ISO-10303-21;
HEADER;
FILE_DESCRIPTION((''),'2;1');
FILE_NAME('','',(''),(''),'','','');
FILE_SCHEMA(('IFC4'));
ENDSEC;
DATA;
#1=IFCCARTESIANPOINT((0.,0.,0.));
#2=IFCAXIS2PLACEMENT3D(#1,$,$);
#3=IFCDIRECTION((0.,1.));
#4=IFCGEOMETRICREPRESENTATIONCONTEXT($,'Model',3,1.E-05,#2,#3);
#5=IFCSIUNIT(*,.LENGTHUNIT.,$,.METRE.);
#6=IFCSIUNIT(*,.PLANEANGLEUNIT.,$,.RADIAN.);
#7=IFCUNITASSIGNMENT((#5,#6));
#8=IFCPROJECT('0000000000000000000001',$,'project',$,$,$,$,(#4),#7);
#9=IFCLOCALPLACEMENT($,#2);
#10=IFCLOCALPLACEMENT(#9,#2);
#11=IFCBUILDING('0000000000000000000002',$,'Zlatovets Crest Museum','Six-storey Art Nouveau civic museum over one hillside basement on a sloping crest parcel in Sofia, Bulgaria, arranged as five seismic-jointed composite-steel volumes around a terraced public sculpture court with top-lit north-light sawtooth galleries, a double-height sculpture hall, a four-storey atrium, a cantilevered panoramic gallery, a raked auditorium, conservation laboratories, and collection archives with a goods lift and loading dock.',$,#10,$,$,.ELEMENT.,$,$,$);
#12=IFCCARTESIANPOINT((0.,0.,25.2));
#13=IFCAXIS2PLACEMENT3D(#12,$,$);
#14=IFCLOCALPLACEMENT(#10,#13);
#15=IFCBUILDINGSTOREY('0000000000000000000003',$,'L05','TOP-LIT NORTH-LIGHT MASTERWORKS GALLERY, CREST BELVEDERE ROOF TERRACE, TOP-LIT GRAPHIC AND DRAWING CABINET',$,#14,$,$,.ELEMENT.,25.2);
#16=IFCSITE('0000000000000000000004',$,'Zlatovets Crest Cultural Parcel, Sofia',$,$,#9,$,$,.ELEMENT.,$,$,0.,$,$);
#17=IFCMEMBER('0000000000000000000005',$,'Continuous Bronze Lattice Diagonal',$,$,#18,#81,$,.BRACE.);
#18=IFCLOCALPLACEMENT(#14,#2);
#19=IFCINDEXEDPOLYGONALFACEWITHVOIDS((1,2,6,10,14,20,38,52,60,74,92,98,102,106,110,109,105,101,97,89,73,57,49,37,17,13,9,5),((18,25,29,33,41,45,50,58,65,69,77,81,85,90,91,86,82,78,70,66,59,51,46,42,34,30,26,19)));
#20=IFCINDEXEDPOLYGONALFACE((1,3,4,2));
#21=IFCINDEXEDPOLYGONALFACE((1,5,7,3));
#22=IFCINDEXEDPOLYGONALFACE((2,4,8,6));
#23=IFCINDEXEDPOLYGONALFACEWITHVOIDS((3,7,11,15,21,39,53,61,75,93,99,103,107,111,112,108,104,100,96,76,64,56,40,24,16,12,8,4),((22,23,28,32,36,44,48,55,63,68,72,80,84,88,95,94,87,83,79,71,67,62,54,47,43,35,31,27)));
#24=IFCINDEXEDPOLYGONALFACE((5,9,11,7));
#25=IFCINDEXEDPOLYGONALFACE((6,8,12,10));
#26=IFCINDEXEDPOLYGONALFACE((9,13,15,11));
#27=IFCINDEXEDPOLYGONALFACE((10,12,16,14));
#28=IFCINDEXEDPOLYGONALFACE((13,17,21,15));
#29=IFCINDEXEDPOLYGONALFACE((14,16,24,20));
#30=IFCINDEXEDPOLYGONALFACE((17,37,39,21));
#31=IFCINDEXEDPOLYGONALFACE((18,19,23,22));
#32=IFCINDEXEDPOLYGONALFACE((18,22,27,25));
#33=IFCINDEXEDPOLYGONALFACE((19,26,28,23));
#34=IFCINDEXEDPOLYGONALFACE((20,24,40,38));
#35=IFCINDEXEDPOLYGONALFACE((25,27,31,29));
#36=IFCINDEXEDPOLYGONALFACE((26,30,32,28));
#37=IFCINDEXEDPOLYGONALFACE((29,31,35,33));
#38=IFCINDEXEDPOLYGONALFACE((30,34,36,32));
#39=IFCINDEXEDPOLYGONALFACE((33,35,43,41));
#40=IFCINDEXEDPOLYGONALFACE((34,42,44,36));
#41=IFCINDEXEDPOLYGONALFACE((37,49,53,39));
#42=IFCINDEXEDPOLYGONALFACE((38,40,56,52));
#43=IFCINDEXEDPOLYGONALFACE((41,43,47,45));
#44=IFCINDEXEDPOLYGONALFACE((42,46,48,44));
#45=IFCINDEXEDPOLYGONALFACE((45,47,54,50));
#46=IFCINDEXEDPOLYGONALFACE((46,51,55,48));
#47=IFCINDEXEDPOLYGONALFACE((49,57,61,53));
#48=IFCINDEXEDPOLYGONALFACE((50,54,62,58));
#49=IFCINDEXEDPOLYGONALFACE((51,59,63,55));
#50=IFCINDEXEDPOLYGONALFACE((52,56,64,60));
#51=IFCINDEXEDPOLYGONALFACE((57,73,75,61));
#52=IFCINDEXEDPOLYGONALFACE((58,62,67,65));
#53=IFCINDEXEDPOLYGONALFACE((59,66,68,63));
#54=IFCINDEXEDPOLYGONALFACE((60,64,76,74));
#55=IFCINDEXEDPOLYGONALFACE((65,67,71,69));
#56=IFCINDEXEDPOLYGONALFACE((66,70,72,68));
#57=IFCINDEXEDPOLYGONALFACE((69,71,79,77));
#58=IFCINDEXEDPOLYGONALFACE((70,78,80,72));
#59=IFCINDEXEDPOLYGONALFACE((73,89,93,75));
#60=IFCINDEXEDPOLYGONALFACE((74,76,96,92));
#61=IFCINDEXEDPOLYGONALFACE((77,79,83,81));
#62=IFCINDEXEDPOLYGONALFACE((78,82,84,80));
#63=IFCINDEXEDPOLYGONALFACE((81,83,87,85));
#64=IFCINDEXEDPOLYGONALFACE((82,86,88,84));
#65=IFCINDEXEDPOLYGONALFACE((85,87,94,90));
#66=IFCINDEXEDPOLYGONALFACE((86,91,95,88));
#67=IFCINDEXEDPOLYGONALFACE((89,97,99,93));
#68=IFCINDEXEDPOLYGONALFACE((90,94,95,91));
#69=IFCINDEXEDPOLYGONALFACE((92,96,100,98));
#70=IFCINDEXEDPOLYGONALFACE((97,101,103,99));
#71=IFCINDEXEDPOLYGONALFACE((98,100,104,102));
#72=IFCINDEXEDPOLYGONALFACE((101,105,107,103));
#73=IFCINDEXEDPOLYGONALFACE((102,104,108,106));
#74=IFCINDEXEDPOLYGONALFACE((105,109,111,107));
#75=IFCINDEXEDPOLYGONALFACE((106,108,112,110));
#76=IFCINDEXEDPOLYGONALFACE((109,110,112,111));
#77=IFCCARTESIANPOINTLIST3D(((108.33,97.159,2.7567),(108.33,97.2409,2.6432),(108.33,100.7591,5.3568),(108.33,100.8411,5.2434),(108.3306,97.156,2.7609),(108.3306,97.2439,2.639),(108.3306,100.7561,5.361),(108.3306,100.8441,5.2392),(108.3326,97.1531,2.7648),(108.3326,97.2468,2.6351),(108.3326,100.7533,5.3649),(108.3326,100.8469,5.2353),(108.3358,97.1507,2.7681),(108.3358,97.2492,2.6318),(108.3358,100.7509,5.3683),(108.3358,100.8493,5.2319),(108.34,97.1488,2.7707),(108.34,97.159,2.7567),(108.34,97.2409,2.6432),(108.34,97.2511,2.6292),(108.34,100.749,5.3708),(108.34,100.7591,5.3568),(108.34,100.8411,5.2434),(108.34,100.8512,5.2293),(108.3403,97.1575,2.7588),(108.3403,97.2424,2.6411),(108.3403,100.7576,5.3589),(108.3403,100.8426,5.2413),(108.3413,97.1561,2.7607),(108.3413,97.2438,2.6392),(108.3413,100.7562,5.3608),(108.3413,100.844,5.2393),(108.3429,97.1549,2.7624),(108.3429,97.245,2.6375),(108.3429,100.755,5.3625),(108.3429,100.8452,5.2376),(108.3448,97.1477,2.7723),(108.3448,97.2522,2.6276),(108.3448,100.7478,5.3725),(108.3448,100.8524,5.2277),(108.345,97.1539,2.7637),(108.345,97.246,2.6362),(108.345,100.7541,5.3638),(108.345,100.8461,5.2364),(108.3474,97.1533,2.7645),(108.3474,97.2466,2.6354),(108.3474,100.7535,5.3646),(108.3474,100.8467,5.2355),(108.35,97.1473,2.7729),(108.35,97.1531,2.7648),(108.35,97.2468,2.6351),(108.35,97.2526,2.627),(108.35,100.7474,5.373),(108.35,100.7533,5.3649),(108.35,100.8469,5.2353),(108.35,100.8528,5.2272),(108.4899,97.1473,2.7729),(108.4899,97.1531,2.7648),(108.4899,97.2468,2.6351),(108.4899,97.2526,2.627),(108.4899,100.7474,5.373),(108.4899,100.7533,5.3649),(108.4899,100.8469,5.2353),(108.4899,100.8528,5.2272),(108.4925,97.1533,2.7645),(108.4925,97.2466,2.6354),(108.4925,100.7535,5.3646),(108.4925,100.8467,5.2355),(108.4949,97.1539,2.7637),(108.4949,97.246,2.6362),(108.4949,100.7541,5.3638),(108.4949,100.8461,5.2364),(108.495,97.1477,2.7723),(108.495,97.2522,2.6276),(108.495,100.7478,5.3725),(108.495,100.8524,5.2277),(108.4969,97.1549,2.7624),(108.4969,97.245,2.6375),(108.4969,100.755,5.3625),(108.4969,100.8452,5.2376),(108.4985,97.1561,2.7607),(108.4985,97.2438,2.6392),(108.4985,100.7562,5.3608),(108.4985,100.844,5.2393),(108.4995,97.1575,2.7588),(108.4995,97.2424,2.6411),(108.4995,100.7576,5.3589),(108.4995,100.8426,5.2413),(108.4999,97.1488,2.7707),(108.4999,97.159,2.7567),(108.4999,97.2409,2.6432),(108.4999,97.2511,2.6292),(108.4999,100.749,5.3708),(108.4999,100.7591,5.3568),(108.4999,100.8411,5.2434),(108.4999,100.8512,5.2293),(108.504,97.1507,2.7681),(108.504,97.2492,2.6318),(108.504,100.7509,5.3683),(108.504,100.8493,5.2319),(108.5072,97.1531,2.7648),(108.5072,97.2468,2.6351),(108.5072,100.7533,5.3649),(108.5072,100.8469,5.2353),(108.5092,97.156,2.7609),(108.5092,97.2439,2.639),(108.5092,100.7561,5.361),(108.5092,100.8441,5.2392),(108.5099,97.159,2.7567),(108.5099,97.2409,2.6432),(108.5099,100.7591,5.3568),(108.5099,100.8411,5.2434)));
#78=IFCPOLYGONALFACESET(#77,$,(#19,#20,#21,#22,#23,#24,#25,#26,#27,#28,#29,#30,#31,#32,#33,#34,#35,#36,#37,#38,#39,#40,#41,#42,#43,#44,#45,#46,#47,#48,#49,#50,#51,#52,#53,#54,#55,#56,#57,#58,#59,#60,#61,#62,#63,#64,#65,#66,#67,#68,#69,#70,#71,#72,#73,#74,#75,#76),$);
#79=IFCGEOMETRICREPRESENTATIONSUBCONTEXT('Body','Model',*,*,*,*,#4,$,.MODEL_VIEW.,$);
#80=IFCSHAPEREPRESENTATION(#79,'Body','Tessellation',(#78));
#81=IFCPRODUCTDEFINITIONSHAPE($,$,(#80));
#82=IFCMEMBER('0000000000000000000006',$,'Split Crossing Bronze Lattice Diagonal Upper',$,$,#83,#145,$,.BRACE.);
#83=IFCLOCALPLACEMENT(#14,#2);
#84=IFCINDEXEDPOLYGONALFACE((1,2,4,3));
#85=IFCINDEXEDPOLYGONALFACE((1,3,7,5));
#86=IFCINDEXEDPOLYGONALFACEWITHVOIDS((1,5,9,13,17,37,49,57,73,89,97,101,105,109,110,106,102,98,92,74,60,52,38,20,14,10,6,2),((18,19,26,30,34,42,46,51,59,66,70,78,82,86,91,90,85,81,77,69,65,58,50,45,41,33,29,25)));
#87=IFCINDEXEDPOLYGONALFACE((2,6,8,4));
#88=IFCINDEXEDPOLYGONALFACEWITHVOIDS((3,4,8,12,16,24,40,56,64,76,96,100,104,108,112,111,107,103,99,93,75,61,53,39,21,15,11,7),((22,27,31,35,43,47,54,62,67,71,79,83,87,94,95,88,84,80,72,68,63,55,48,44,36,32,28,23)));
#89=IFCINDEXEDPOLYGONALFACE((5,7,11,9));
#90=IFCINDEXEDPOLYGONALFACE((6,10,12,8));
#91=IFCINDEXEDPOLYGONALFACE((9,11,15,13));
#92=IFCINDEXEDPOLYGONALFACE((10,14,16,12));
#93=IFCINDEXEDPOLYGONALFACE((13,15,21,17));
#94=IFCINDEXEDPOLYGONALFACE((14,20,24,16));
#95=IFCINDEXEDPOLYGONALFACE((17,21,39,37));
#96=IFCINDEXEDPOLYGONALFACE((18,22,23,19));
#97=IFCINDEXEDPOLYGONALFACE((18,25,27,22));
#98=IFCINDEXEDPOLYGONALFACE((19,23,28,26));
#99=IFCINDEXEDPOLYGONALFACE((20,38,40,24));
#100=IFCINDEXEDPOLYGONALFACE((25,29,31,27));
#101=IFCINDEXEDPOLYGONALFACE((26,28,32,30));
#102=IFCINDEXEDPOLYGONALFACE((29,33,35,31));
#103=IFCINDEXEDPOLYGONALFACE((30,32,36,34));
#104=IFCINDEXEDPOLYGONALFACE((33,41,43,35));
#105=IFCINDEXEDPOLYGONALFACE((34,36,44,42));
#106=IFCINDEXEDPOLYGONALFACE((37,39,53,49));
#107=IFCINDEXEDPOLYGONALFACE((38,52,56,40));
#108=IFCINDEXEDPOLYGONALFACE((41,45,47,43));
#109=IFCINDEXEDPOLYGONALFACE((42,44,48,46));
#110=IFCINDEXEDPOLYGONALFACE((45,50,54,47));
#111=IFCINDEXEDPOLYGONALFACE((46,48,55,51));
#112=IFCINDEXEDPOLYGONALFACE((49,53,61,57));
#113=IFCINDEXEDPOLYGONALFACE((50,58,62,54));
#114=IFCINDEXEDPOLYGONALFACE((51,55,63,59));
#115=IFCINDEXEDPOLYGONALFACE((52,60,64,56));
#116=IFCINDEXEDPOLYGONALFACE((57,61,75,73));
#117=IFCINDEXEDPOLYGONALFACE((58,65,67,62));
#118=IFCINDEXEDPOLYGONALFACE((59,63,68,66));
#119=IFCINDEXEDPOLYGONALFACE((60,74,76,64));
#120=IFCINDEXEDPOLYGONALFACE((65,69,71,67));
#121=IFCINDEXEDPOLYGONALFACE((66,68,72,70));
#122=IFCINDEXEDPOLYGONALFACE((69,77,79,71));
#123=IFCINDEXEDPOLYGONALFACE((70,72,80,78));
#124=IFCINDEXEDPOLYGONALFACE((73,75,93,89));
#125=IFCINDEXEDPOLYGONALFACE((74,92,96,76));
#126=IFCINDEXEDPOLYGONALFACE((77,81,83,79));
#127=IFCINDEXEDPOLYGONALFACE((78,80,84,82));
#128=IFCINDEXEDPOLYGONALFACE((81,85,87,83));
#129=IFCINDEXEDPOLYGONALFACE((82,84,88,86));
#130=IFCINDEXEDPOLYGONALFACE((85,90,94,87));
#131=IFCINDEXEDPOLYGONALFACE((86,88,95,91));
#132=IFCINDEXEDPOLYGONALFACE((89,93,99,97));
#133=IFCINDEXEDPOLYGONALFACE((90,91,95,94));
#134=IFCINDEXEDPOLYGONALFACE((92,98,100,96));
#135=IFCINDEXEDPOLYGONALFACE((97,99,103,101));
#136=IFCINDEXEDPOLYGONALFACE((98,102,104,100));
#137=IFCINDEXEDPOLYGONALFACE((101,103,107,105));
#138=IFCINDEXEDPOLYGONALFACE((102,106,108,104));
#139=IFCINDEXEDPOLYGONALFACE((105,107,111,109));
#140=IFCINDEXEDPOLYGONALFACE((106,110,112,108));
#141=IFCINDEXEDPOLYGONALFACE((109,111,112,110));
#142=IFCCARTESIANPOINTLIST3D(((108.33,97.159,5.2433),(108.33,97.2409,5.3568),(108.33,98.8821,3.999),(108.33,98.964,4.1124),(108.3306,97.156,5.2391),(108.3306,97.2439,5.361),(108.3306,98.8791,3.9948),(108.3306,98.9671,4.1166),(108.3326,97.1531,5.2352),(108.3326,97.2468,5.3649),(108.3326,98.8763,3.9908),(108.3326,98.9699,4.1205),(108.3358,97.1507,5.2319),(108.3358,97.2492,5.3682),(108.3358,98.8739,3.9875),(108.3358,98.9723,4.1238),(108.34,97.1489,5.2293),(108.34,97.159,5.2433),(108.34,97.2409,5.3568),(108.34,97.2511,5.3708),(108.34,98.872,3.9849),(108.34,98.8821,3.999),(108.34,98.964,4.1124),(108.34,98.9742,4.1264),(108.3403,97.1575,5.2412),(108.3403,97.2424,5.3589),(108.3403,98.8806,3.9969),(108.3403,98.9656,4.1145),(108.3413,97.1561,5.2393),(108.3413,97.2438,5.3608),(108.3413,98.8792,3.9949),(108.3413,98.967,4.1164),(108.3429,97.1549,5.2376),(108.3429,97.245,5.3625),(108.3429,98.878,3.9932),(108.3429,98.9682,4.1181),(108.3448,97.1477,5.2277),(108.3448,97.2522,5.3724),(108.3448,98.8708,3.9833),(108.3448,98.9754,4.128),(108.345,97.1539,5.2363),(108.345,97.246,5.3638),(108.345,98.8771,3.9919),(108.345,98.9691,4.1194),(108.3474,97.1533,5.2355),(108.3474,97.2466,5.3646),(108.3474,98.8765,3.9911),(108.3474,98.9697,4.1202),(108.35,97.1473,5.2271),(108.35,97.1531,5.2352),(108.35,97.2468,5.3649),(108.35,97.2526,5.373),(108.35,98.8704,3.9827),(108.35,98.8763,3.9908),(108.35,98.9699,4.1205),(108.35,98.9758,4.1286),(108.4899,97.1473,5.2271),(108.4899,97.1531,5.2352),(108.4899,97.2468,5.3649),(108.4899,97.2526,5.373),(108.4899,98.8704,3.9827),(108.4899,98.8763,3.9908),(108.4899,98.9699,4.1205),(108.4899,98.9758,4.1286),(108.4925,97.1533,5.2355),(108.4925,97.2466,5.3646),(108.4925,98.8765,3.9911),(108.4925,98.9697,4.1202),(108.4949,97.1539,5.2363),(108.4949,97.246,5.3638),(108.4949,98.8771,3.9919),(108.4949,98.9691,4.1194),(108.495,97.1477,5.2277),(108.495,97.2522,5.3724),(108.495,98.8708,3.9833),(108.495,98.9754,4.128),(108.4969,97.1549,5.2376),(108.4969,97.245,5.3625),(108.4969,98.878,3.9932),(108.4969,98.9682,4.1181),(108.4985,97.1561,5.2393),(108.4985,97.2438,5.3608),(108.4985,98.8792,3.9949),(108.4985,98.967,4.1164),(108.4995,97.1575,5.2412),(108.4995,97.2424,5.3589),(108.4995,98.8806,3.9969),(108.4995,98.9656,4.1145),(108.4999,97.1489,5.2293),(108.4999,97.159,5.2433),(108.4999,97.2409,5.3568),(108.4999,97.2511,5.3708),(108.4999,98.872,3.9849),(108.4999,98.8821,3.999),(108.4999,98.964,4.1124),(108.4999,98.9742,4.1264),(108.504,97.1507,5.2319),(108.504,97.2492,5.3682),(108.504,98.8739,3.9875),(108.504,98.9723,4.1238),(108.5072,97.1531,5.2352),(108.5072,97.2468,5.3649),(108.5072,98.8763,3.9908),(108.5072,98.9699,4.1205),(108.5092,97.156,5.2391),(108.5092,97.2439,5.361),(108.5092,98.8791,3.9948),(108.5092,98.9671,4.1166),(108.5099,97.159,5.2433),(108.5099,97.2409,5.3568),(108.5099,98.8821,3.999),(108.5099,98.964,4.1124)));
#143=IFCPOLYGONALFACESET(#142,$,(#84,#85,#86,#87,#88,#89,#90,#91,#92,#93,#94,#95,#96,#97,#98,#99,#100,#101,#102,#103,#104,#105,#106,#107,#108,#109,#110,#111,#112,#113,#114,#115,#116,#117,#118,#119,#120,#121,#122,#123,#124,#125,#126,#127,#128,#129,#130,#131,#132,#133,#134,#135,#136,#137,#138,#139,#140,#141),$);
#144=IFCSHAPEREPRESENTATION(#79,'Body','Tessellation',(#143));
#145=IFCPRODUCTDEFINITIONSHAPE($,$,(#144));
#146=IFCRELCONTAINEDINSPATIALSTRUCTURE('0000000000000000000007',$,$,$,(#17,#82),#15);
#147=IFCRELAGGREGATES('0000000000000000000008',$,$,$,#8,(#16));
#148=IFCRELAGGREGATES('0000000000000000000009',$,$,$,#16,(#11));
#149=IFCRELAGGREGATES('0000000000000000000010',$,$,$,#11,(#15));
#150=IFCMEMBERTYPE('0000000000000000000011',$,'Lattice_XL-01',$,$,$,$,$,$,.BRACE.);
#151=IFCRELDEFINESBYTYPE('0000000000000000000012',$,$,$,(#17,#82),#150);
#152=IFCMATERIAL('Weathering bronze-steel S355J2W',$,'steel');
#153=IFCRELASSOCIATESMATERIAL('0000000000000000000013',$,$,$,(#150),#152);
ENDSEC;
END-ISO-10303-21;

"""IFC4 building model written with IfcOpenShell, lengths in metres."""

from ifc_helpers import new_model, si_unit, direction, frame, origin, origin_2d, place, context, subcontext, project, spatial, hollow_rectangle, extrude, material, material_profile, profile_set, type_object, element, save


model = new_model("IFC4")

# Units and contexts
model_context = context("Model", 3, precision=1e-05, world=origin(), true_north=direction((0.0, 1.0)))
body_context = subcontext(model_context, "Body", "Model", "MODEL_VIEW")
ifc_project = project(units=[si_unit("LENGTHUNIT", "METRE"), si_unit("PLANEANGLEUNIT", "RADIAN")], contexts=[model_context])

# Site, building, storey
site_placement = place(None, origin())
site = spatial("IfcSite", under=ifc_project, at=site_placement, Name="Zlatovets Crest Cultural Parcel, Sofia", CompositionType="ELEMENT", RefElevation=0.0)
building_placement = place(site_placement, origin())
building = spatial("IfcBuilding", under=site, at=building_placement, Name="Zlatovets Crest Museum", Description="Six-storey Art Nouveau civic museum over one hillside basement on a sloping crest parcel in Sofia, Bulgaria, arranged as five seismic-jointed composite-steel volumes around a terraced public sculpture court with top-lit north-light sawtooth galleries, a double-height sculpture hall, a four-storey atrium, a cantilevered panoramic gallery, a raked auditorium, conservation laboratories, and collection archives with a goods lift and loading dock.", CompositionType="ELEMENT")
storey_placement = place(building_placement, frame((0.0, 0.0, 25.2)))
storey = spatial("IfcBuildingStorey", under=building, at=storey_placement, Name="L05", Description="TOP-LIT NORTH-LIGHT MASTERWORKS GALLERY, CREST BELVEDERE ROOF TERRACE, TOP-LIT GRAPHIC AND DRAWING CABINET", CompositionType="ELEMENT", Elevation=25.2)

# Members
ifc_material_1 = material(Name="Weathering bronze-steel S355J2W", Category="steel")
ifc_material_profile_1 = material_profile(ifc_material_1, hollow_rectangle(XDim=0.1799, YDim=0.1799, WallThickness=0.01, InnerFilletRadius=0.01, OuterFilletRadius=0.02, at=origin_2d()), Name="SHS 180x180x10.0")
ifc_profile_set_1 = profile_set([ifc_material_profile_1], Name="Weathering bronze-steel S355J2W")
member_type_1 = type_object("IfcMemberType", Name="Lattice_XL-01", PredefinedType="BRACE", material=ifc_profile_set_1)
member_1_placement = place(storey_placement, frame((108.4199, 97.2, 2.7), z_axis=(0.0, 0.810676, 0.585495), x_axis=(-1.0, 0.0, 0.0)))
element("IfcMember", 1, at=member_1_placement, inside=storey, type_object=member_type_1, Name="Continuous Bronze Lattice Diagonal", PredefinedType="BRACE", context=body_context, shape_type="SweptSolid", body=[
    extrude(hollow_rectangle(XDim=0.1799, YDim=0.1799, WallThickness=0.01, InnerFilletRadius=0.01, OuterFilletRadius=0.02, at=origin_2d()), origin(), (0.0, 0.0, 1.0), 4.4409),
])
for number, where, z_axis, x_axis, name in (
    (2, (108.4199, 97.2, 5.3), (0.0, 0.810703, -0.585457), (-1.0, 0.0, 0.0), "Split Crossing Bronze Lattice Diagonal Upper"),
):
    element("IfcMember", number, at=place(storey_placement, frame(where, z_axis=z_axis, x_axis=x_axis)), inside=storey, type_object=member_type_1, Name=name, PredefinedType="BRACE", context=body_context, shape_type="SweptSolid", body=[
        extrude(hollow_rectangle(XDim=0.1799, YDim=0.1799, WallThickness=0.01, InnerFilletRadius=0.01, OuterFilletRadius=0.02, at=origin_2d()), origin(), (0.0, 0.0, 1.0), 2.1255),
    ])

save(model, "model.ifc")
